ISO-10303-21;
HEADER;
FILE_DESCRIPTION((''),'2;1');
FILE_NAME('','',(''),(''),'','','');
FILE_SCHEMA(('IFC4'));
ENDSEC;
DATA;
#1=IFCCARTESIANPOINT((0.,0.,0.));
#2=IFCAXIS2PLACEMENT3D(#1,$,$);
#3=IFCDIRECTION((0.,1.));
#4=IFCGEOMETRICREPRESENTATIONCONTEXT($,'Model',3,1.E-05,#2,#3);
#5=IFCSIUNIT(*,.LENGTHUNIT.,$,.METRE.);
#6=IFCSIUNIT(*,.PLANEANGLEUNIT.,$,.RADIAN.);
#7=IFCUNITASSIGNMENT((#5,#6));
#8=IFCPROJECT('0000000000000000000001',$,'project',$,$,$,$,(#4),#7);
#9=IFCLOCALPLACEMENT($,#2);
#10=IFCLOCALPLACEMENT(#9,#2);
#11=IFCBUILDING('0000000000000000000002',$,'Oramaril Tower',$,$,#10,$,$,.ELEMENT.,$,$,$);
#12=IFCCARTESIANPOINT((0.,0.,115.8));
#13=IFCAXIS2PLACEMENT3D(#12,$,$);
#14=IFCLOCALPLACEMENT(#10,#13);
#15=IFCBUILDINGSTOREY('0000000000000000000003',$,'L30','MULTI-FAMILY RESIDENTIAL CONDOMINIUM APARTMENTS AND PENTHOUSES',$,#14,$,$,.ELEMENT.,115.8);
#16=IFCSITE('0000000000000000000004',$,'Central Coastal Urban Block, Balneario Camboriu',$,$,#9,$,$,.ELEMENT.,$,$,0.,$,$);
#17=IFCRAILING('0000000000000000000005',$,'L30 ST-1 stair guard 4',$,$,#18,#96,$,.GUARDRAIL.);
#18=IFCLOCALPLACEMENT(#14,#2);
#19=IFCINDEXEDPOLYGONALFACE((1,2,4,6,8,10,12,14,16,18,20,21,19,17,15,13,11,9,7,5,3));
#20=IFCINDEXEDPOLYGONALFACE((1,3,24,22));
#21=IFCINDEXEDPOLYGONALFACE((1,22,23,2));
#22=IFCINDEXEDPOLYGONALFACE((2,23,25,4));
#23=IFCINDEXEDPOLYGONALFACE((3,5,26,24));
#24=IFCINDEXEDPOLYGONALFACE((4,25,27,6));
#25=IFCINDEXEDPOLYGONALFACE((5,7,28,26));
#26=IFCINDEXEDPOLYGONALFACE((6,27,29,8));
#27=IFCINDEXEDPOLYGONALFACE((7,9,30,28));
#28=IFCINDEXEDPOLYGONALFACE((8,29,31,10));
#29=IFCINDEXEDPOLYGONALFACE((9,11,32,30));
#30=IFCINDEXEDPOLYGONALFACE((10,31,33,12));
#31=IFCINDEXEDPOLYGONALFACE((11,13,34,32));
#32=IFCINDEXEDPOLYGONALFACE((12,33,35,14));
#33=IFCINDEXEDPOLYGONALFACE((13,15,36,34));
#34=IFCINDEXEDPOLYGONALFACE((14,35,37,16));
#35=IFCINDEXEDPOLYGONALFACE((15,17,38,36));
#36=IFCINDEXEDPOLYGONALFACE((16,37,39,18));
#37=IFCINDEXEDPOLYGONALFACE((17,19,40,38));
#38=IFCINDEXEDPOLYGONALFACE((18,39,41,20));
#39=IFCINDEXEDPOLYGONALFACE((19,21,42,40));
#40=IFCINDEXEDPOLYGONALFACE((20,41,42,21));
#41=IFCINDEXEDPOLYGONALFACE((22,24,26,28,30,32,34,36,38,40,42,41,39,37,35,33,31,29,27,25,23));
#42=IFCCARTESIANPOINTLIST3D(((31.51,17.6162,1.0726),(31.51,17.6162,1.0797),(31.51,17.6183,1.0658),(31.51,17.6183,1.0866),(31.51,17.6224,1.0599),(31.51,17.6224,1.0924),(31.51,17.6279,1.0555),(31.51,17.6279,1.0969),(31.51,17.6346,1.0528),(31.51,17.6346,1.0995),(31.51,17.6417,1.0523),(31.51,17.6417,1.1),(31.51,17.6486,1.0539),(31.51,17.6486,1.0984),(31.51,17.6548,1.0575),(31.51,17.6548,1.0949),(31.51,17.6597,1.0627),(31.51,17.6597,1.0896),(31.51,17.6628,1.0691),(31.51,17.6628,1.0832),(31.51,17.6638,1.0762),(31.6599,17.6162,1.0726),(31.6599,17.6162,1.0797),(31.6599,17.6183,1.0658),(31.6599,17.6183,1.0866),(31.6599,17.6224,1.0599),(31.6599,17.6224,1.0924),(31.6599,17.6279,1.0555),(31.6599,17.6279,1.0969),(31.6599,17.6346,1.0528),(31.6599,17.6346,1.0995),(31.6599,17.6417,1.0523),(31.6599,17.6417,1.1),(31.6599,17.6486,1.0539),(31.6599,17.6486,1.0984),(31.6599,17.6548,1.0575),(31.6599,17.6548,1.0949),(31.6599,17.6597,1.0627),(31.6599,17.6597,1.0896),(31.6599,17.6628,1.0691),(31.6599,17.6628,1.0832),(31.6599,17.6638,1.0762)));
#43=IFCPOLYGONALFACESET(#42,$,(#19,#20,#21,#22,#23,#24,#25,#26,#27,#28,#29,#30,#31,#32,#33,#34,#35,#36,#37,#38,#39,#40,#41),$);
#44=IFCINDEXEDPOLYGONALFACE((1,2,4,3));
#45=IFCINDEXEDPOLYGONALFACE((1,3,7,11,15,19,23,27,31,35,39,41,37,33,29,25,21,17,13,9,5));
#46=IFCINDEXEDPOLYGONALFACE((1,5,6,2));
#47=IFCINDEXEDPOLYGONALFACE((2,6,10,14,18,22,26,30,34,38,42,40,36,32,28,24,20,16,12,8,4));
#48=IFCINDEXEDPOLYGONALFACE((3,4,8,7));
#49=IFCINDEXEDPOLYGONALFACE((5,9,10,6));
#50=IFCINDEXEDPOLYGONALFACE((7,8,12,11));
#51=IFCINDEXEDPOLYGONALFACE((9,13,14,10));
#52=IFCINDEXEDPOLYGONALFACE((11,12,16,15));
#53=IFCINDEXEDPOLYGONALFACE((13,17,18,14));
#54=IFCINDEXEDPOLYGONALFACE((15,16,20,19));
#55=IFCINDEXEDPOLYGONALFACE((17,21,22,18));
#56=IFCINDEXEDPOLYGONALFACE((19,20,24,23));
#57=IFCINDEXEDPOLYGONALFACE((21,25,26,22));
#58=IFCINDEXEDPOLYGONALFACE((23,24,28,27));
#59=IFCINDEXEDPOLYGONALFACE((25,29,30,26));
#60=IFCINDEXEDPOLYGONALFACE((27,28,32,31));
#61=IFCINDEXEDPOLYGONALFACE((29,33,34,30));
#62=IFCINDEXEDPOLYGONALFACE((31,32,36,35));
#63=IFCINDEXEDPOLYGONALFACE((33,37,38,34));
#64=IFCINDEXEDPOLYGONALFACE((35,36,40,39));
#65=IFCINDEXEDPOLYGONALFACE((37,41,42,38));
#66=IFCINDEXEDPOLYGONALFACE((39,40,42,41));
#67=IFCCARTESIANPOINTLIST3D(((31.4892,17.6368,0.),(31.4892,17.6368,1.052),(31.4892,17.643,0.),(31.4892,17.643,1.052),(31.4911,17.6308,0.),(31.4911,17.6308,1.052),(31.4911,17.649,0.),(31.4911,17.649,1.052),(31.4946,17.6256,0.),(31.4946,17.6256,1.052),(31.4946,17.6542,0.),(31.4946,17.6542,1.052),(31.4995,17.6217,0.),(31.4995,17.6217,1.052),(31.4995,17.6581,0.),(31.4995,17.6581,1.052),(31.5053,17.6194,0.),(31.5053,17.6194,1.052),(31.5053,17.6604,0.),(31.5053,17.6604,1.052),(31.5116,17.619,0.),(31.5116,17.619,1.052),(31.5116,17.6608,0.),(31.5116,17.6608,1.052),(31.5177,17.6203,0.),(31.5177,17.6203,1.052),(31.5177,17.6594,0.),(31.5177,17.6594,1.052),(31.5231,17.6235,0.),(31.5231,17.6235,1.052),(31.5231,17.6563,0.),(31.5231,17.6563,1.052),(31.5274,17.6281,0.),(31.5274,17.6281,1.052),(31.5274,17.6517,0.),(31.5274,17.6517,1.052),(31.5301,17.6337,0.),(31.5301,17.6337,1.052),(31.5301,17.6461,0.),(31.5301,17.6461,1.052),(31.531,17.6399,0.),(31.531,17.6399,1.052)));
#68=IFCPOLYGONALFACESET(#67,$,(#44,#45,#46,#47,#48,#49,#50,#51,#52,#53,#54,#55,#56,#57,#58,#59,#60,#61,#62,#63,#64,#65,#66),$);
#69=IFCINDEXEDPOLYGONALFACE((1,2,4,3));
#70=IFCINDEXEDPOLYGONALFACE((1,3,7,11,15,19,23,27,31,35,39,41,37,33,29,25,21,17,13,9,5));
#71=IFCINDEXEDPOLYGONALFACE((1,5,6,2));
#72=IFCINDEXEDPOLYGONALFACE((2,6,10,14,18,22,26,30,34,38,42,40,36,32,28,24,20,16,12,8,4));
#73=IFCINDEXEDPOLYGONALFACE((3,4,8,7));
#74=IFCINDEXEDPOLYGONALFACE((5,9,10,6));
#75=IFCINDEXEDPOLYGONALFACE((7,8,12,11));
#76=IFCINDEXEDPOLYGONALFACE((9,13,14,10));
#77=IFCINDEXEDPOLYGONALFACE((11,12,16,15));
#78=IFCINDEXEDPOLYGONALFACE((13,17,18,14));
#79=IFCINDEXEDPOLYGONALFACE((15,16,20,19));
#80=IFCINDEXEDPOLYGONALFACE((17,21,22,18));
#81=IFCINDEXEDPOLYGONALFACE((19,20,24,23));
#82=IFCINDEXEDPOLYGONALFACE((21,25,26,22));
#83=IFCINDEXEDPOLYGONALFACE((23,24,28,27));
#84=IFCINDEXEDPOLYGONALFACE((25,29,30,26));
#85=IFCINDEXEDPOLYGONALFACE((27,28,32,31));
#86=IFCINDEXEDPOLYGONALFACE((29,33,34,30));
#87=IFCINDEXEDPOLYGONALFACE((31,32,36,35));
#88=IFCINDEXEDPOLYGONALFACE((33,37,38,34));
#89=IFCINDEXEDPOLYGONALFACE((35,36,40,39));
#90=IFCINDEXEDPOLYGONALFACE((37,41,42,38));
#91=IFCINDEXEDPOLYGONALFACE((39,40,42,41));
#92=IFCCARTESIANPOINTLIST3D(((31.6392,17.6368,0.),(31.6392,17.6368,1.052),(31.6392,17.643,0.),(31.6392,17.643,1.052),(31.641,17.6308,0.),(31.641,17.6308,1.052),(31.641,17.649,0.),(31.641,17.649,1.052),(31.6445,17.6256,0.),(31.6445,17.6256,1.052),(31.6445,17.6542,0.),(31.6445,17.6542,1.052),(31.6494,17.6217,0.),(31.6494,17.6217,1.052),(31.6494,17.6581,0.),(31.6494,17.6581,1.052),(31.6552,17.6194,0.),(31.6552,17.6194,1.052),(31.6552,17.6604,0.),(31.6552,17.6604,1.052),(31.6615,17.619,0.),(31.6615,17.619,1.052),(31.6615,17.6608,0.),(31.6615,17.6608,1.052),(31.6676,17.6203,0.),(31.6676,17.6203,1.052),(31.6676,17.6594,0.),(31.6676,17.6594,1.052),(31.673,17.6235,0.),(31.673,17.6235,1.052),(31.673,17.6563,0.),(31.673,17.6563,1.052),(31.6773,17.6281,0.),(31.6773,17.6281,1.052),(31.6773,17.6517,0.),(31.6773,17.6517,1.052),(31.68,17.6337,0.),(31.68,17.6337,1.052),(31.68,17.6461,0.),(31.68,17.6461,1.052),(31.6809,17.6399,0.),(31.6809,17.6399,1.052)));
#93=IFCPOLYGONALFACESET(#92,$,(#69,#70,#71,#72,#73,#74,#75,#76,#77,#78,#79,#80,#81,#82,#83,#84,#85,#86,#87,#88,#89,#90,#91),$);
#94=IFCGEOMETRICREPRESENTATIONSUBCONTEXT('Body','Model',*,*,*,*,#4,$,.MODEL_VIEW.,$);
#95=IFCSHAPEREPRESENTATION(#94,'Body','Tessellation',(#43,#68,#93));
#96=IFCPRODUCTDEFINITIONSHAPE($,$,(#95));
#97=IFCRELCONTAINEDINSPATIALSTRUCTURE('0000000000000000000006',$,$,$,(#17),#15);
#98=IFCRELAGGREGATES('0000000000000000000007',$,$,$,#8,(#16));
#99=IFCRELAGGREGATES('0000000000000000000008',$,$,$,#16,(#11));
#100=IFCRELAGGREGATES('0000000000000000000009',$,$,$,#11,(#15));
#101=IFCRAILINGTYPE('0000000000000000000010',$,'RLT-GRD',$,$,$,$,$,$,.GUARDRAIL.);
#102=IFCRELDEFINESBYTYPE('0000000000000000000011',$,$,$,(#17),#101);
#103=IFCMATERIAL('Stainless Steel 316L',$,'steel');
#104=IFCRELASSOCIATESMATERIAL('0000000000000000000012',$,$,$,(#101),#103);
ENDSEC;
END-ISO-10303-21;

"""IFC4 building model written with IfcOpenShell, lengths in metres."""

from ifc_helpers import new_model, si_unit, direction, frame, origin, origin_2d, place, context, subcontext, project, spatial, circle, extrude, material, type_object, element, save


model = new_model("IFC4")

# Units and contexts
model_context = context("Model", 3, precision=1e-05, world=origin(), true_north=direction((0.0, 1.0)))
body_context = subcontext(model_context, "Body", "Model", "MODEL_VIEW")
ifc_project = project(units=[si_unit("LENGTHUNIT", "METRE"), si_unit("PLANEANGLEUNIT", "RADIAN")], contexts=[model_context])

# Site, building, storey
site_placement = place(None, origin())
site = spatial("IfcSite", under=ifc_project, at=site_placement, Name="Central Coastal Urban Block, Balneario Camboriu", CompositionType="ELEMENT", RefElevation=0.0)
building_placement = place(site_placement, origin())
building = spatial("IfcBuilding", under=site, at=building_placement, Name="Oramaril Tower", CompositionType="ELEMENT")
storey_placement = place(building_placement, frame((0.0, 0.0, 115.8)))
storey = spatial("IfcBuildingStorey", under=building, at=storey_placement, Name="L30", Description="MULTI-FAMILY RESIDENTIAL CONDOMINIUM APARTMENTS AND PENTHOUSES", CompositionType="ELEMENT", Elevation=115.8)

# Railing
ifc_material_1 = material(Name="Stainless Steel 316L", Category="steel")
railing_type_1 = type_object("IfcRailingType", Name="RLT-GRD", PredefinedType="GUARDRAIL", material=ifc_material_1)
railing_1_placement = place(storey_placement, frame((31.51, 17.6399, 0.0)))
element("IfcRailing", 1, at=railing_1_placement, inside=storey, type_object=railing_type_1, Name="L30 ST-1 stair guard 4", PredefinedType="GUARDRAIL", context=body_context, shape_type="SweptSolid", body=[
    extrude(circle(Radius=0.0239, at=origin_2d()), frame((0.0, 0.0, 1.0762), z_axis=(1.0, 0.0, 0.0), x_axis=(0.0, 1.0, 0.0)), (0.0, 0.0, 1.0), 0.1499),
    extrude(circle(Radius=0.021, at=origin_2d()), origin(), (0.0, 0.0, 1.0), 1.052),
    extrude(circle(Radius=0.021, at=origin_2d()), frame((0.1499, 0.0, 0.0)), (0.0, 0.0, 1.0), 1.052),
])

save(model, "model.ifc")
